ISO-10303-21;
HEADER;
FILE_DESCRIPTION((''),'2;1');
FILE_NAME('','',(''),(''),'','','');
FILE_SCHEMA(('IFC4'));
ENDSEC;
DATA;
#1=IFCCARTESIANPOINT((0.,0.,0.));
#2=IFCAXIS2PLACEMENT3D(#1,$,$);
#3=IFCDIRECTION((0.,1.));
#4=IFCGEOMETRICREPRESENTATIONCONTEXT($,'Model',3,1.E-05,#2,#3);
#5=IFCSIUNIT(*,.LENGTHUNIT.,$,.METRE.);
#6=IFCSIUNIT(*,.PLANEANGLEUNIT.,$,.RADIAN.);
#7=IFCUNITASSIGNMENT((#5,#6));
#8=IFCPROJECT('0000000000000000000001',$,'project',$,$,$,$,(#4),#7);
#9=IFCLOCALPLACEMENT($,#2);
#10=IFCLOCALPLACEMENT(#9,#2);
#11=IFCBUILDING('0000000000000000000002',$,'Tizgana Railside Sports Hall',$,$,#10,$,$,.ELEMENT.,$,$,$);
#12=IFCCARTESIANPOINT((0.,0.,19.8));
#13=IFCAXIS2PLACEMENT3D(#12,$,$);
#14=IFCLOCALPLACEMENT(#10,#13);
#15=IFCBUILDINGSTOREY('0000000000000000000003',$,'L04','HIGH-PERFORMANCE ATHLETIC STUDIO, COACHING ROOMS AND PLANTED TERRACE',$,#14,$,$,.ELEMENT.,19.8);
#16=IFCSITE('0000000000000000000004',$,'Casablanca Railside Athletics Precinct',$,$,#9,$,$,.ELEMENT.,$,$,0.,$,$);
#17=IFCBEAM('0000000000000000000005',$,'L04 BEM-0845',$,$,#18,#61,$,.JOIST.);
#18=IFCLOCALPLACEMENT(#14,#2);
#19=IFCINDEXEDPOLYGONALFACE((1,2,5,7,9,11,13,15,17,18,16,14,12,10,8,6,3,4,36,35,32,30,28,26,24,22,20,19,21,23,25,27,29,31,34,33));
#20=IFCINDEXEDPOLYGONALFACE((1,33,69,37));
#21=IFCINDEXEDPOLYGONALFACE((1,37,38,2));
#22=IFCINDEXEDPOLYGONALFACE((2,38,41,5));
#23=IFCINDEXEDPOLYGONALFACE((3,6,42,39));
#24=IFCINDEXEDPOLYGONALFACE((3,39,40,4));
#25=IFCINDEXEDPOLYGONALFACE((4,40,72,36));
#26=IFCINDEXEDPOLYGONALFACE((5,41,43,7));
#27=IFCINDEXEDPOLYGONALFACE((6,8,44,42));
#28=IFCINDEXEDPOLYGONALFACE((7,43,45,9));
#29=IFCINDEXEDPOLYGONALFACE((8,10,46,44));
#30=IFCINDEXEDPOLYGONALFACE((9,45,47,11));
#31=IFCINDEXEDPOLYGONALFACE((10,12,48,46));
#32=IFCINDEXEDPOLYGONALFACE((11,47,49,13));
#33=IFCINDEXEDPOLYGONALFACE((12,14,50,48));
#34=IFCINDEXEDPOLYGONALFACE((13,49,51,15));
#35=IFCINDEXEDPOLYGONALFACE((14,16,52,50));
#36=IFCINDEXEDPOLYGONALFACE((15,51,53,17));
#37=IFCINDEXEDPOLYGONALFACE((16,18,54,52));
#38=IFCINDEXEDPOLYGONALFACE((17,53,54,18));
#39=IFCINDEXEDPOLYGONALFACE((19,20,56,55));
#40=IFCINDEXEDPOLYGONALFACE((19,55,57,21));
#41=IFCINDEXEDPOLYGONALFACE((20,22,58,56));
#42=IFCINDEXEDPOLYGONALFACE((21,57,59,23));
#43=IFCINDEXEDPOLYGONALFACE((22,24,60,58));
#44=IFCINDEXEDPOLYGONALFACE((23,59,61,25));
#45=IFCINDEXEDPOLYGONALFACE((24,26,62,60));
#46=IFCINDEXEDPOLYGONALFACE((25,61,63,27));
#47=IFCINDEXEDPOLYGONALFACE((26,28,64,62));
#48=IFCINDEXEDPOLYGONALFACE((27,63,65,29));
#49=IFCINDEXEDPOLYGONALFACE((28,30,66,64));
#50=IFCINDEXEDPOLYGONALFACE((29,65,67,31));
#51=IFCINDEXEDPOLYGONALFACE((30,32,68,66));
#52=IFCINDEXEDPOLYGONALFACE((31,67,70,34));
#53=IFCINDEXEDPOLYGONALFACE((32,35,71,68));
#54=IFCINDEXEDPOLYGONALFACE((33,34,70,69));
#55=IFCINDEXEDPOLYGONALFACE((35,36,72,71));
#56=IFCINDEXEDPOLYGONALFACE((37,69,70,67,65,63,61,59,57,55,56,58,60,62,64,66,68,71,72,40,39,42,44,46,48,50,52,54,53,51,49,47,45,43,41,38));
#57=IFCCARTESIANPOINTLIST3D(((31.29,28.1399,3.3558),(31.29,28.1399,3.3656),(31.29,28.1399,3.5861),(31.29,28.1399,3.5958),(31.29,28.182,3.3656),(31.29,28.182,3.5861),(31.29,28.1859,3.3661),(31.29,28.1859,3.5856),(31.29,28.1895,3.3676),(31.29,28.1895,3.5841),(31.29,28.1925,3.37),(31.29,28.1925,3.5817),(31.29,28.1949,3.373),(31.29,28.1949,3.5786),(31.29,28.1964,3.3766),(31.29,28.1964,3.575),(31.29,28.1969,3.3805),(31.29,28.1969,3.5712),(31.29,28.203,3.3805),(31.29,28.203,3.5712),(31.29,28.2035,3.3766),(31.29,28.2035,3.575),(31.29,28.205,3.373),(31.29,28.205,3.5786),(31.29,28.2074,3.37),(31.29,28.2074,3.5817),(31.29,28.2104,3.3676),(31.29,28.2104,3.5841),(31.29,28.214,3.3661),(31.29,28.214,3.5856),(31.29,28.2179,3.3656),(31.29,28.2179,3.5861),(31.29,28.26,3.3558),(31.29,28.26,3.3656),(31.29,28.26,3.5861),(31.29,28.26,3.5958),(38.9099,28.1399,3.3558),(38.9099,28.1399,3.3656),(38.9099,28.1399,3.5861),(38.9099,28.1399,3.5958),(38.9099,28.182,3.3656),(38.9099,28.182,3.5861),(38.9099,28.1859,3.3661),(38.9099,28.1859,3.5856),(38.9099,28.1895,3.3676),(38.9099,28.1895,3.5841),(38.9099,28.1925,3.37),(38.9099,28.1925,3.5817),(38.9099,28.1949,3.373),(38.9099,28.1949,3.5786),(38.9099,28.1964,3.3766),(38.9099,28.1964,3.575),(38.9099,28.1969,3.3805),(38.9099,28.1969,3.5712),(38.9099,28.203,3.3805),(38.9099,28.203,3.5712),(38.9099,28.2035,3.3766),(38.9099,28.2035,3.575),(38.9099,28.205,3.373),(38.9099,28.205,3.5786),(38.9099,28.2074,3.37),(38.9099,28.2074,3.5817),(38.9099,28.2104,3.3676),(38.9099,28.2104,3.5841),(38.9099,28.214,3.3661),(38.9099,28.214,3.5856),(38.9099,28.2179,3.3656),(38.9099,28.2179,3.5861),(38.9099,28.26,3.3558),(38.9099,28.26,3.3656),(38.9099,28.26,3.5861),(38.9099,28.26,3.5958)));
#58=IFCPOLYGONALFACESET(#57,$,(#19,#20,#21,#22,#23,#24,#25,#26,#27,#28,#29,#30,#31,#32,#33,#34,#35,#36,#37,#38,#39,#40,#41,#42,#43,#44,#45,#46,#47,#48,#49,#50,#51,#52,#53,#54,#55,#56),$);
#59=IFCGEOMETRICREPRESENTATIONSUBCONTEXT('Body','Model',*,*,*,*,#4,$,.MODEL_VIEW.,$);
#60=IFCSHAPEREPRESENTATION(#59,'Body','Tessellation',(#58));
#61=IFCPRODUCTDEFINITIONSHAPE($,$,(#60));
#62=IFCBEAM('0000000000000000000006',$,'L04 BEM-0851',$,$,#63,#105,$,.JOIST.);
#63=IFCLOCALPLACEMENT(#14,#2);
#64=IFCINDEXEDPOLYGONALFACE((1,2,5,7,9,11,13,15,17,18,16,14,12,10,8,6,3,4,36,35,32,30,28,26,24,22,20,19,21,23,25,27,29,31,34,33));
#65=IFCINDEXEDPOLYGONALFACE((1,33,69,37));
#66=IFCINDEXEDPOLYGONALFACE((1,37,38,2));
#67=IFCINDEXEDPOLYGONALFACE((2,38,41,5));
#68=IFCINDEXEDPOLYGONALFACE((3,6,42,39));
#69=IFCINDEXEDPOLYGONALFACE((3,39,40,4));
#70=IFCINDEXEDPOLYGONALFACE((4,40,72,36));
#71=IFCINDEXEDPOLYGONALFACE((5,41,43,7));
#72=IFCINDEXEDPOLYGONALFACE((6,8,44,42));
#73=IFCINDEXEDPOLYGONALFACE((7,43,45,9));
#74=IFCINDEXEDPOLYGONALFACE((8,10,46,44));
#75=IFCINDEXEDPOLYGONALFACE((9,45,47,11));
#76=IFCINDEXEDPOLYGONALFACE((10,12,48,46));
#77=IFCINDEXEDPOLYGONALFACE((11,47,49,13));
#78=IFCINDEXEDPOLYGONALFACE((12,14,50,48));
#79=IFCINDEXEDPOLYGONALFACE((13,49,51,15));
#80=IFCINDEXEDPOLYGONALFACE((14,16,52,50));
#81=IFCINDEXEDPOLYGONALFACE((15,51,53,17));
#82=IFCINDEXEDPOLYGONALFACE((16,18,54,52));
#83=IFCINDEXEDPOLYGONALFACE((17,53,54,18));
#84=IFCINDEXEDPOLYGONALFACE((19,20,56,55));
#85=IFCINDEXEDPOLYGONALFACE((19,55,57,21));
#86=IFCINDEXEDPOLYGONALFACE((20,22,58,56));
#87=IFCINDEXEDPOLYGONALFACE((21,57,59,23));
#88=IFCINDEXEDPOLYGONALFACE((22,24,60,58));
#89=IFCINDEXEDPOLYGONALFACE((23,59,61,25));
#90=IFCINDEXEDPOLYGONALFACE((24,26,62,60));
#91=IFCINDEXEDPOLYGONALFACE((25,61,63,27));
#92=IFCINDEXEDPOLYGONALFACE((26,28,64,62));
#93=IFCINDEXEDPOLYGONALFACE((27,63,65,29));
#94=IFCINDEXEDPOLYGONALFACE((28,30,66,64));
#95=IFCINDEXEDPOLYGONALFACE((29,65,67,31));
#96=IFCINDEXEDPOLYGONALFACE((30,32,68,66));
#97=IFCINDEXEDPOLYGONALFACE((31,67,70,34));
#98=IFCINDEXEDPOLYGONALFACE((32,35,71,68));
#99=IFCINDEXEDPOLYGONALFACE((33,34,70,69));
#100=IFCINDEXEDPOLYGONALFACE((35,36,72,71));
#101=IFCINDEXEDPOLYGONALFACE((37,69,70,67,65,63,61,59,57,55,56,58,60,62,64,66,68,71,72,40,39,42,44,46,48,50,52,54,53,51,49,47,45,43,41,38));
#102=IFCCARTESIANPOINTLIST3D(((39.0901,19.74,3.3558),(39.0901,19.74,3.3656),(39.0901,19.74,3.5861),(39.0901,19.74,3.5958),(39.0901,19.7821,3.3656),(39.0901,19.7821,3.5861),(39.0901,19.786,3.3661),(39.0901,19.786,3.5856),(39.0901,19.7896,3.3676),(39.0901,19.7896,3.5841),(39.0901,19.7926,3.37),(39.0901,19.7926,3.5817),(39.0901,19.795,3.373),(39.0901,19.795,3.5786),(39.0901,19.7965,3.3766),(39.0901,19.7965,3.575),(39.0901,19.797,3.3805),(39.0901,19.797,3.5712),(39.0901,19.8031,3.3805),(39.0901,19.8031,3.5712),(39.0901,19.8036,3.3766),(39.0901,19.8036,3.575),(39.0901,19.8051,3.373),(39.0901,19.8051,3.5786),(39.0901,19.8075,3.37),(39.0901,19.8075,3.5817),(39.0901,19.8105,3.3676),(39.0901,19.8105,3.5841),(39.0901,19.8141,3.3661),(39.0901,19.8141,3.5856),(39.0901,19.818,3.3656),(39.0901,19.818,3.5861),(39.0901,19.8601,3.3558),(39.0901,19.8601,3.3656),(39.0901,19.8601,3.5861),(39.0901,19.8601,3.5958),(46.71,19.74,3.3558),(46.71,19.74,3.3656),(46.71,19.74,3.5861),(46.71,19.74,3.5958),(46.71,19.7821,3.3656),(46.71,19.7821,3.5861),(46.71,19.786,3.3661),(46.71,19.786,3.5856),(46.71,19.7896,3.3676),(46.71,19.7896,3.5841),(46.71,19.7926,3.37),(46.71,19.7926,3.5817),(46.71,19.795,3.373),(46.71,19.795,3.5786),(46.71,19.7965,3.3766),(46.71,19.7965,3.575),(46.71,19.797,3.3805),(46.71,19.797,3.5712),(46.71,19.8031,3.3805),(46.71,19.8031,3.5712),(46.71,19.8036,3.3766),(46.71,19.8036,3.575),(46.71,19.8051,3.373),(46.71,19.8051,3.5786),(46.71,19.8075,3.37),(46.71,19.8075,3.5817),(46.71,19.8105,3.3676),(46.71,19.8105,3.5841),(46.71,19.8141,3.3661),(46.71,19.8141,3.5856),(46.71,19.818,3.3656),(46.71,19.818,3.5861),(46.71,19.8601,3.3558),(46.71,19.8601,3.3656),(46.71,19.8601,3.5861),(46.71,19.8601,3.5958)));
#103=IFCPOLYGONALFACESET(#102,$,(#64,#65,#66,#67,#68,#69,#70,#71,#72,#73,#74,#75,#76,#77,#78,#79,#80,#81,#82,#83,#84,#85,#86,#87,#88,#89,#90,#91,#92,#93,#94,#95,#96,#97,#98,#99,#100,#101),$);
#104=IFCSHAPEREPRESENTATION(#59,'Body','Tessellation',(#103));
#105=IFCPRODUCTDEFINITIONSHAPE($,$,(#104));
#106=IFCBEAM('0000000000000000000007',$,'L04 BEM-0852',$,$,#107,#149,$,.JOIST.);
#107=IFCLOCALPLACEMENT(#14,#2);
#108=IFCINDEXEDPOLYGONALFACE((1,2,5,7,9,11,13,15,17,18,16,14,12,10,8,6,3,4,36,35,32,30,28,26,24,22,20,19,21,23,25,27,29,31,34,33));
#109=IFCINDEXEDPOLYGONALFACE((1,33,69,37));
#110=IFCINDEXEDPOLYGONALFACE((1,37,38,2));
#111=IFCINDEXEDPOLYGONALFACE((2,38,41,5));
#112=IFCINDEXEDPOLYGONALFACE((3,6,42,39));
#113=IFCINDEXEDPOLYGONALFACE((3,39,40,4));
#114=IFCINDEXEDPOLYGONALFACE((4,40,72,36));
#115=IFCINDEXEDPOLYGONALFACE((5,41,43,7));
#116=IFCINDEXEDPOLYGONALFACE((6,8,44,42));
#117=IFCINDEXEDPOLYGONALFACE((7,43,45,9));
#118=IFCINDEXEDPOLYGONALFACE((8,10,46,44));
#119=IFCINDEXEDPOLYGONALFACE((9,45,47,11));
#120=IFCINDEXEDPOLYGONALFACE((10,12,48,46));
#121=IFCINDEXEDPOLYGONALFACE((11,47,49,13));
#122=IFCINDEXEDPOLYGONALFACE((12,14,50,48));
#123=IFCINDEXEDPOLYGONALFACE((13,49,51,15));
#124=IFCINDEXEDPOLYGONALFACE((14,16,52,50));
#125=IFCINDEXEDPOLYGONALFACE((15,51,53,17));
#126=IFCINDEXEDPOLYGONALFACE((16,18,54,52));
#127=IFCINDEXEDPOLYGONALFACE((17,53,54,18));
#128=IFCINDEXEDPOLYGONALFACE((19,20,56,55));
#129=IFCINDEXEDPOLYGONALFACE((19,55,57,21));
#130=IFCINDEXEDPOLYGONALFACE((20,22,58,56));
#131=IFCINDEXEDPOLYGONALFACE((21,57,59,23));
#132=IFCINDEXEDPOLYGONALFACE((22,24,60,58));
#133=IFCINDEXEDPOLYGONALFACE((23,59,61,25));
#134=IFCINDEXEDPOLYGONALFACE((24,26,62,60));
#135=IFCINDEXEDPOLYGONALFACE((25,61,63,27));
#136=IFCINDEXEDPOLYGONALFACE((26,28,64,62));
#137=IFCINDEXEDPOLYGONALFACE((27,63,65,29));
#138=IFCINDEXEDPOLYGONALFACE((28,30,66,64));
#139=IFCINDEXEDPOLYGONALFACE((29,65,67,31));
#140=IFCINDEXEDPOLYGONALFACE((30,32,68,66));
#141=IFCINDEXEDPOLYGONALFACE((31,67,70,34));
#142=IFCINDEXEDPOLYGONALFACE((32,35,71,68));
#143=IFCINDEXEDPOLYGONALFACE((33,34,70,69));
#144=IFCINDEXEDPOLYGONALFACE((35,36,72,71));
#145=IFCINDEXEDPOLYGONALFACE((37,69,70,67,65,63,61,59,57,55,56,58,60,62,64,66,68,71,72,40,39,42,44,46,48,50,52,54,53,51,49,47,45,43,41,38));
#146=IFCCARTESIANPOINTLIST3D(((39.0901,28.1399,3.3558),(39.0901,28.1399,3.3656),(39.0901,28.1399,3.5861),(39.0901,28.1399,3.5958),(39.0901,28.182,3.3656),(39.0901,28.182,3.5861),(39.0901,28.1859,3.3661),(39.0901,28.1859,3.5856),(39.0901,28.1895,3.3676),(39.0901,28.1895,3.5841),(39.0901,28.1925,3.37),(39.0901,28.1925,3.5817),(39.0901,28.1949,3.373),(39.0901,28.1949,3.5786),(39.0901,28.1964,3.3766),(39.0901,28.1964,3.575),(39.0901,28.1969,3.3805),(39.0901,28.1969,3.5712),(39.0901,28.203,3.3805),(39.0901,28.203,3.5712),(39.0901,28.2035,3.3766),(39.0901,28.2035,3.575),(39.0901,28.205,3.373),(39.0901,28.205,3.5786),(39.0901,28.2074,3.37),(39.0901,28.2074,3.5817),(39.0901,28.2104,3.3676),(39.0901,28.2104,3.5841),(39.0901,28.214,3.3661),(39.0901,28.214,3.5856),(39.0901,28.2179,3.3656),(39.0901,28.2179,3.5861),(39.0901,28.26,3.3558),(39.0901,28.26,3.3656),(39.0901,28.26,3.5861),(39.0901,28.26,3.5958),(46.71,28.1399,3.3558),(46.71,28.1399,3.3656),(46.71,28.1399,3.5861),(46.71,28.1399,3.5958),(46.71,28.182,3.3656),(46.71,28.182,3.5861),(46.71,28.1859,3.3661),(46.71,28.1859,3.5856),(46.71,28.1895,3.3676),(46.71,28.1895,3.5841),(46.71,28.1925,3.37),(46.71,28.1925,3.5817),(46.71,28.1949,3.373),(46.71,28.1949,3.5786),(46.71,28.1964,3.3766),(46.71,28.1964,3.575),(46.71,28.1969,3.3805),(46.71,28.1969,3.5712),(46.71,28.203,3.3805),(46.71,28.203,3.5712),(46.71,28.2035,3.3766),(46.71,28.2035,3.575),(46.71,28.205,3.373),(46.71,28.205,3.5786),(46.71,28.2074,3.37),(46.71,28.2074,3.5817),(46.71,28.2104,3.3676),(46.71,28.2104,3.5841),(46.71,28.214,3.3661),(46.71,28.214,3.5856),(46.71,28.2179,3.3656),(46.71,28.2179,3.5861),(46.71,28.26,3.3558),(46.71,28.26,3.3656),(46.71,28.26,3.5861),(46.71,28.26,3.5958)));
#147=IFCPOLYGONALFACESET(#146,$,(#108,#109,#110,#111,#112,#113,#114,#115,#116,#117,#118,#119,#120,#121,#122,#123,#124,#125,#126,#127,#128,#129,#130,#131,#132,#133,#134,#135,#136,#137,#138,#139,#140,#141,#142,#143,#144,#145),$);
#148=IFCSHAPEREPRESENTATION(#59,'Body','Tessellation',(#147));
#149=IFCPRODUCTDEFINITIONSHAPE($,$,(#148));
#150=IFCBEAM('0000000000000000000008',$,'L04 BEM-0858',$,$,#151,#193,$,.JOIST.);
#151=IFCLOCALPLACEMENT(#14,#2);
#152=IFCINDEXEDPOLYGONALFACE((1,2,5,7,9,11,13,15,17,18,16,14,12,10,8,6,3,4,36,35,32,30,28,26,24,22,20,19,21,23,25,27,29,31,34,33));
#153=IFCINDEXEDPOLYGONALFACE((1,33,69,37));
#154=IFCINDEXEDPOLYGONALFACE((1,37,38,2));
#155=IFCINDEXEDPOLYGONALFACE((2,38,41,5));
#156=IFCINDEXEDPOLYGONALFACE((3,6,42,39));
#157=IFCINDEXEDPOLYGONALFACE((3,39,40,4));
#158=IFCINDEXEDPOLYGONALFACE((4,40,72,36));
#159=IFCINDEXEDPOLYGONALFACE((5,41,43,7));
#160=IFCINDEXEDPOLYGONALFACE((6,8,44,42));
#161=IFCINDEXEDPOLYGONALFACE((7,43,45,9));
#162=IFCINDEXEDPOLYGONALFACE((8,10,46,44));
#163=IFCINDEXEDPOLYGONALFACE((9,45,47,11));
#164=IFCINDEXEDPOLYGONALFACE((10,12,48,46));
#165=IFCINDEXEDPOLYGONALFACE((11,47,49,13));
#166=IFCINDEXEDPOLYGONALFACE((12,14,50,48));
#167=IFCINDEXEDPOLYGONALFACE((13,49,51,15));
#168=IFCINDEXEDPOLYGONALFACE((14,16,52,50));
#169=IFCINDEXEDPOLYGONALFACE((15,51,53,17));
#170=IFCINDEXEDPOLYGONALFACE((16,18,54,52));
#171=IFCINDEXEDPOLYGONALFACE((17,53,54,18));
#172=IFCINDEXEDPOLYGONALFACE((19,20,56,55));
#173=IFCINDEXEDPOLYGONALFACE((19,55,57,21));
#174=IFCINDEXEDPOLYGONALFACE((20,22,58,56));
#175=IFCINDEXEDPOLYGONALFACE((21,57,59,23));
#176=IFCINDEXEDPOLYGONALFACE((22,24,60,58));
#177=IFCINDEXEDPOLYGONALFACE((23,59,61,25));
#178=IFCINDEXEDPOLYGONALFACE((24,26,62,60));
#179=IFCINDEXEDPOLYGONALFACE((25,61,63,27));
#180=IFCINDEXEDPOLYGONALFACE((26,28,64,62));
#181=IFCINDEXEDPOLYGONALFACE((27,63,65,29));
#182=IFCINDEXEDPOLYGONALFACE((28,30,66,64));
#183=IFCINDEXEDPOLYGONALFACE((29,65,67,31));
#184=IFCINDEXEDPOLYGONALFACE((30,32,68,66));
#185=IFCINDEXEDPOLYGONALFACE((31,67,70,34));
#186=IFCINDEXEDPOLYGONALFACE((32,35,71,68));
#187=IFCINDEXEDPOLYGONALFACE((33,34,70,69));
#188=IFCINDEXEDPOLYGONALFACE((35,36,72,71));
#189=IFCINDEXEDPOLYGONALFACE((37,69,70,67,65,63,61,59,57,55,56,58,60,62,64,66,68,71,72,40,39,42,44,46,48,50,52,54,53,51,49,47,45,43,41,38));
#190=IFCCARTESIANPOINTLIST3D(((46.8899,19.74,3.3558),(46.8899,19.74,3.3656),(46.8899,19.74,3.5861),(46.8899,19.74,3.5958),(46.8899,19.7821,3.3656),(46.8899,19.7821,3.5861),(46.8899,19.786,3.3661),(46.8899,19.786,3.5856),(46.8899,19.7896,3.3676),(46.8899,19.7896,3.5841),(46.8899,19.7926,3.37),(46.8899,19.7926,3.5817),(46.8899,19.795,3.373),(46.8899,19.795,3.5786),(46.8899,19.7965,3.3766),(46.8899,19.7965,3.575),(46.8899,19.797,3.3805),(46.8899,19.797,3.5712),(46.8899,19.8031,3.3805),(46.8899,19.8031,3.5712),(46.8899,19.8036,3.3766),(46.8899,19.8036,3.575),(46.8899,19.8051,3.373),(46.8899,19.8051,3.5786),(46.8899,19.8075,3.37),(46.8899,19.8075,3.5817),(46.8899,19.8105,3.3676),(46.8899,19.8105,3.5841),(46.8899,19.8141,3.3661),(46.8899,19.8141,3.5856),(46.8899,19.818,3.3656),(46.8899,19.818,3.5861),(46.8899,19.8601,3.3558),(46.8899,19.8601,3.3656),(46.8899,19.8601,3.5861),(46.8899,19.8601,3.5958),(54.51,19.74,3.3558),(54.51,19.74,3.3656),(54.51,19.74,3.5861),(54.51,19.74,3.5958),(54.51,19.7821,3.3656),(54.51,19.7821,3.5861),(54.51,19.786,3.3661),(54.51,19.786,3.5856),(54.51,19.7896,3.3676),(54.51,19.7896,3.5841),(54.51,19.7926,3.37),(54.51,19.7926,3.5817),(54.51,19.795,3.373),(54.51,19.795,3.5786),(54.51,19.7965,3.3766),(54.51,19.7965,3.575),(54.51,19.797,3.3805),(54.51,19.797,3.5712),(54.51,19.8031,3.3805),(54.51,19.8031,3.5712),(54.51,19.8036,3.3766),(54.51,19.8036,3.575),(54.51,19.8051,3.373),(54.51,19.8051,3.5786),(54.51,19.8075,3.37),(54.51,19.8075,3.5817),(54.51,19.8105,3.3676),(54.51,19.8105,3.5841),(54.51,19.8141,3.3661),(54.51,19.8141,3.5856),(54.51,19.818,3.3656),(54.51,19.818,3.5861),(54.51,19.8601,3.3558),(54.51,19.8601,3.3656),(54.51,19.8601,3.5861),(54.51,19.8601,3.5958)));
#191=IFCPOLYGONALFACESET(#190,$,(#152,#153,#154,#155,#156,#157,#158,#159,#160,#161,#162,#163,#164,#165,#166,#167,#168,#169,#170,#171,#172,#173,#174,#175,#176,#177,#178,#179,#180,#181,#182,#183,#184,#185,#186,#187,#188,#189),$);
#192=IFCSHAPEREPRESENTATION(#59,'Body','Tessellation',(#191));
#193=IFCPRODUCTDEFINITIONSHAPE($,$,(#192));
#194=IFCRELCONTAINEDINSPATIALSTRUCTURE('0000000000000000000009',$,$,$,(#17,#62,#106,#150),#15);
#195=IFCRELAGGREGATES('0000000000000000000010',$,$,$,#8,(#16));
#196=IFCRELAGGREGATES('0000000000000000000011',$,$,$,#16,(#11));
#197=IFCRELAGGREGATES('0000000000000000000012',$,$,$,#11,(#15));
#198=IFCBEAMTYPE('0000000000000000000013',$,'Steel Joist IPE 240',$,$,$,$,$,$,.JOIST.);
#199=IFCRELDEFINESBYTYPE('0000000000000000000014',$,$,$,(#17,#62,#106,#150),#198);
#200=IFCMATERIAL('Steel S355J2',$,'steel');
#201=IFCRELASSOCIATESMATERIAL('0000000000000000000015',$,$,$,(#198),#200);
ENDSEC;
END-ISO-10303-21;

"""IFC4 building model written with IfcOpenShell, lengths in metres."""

from ifc_helpers import new_model, si_unit, direction, frame, origin, origin_2d, place, context, subcontext, project, spatial, i_section, extrude, material, material_profile, profile_set, type_object, element, save


model = new_model("IFC4")

# Units and contexts
model_context = context("Model", 3, precision=1e-05, world=origin(), true_north=direction((0.0, 1.0)))
body_context = subcontext(model_context, "Body", "Model", "MODEL_VIEW")
ifc_project = project(units=[si_unit("LENGTHUNIT", "METRE"), si_unit("PLANEANGLEUNIT", "RADIAN")], contexts=[model_context])

# Site, building, storey
site_placement = place(None, origin())
site = spatial("IfcSite", under=ifc_project, at=site_placement, Name="Casablanca Railside Athletics Precinct", CompositionType="ELEMENT", RefElevation=0.0)
building_placement = place(site_placement, origin())
building = spatial("IfcBuilding", under=site, at=building_placement, Name="Tizgana Railside Sports Hall", CompositionType="ELEMENT")
storey_placement = place(building_placement, frame((0.0, 0.0, 19.8)))
storey = spatial("IfcBuildingStorey", under=building, at=storey_placement, Name="L04", Description="HIGH-PERFORMANCE ATHLETIC STUDIO, COACHING ROOMS AND PLANTED TERRACE", CompositionType="ELEMENT", Elevation=19.8)

# Beams
ifc_material_1 = material(Name="Steel S355J2", Category="steel")
ifc_material_profile_1 = material_profile(ifc_material_1, i_section(OverallWidth=0.1201, OverallDepth=0.24, WebThickness=0.0061, FlangeThickness=0.0098, FilletRadius=0.0149, at=origin_2d()), Name="IPE 240")
ifc_profile_set_1 = profile_set([ifc_material_profile_1], Name="Steel S355J2")
beam_type_1 = type_object("IfcBeamType", Name="Steel Joist IPE 240", PredefinedType="JOIST", material=ifc_profile_set_1)
for number, where, z_axis, x_axis, name in (
    (1, (31.29, 28.2, 3.4758), (1.0, 0.0, 0.0), (0.0, 1.0, 0.0), "L04 BEM-0845"),
    (2, (39.0901, 19.8, 3.4758), (1.0, 0.0, 0.0), (0.0, 1.0, 0.0), "L04 BEM-0851"),
    (3, (39.0901, 28.2, 3.4758), (1.0, 0.0, 0.0), (0.0, 1.0, 0.0), "L04 BEM-0852"),
):
    element("IfcBeam", number, at=place(storey_placement, frame(where, z_axis=z_axis, x_axis=x_axis)), inside=storey, type_object=beam_type_1, Name=name, PredefinedType="JOIST", context=body_context, shape_type="SweptSolid", body=[
        extrude(i_section(OverallWidth=0.1201, OverallDepth=0.24, WebThickness=0.0061, FlangeThickness=0.0098, FilletRadius=0.0149, at=origin_2d()), origin(), (0.0, 0.0, 1.0), 7.6199),
    ])
for number, where, z_axis, x_axis, name in (
    (4, (46.8899, 19.8, 3.4758), (1.0, 0.0, 0.0), (0.0, 1.0, 0.0), "L04 BEM-0858"),
):
    element("IfcBeam", number, at=place(storey_placement, frame(where, z_axis=z_axis, x_axis=x_axis)), inside=storey, type_object=beam_type_1, Name=name, PredefinedType="JOIST", context=body_context, shape_type="SweptSolid", body=[
        extrude(i_section(OverallWidth=0.1201, OverallDepth=0.24, WebThickness=0.0061, FlangeThickness=0.0098, FilletRadius=0.0149, at=origin_2d()), origin(), (0.0, 0.0, 1.0), 7.6201),
    ])

save(model, "model.ifc")
